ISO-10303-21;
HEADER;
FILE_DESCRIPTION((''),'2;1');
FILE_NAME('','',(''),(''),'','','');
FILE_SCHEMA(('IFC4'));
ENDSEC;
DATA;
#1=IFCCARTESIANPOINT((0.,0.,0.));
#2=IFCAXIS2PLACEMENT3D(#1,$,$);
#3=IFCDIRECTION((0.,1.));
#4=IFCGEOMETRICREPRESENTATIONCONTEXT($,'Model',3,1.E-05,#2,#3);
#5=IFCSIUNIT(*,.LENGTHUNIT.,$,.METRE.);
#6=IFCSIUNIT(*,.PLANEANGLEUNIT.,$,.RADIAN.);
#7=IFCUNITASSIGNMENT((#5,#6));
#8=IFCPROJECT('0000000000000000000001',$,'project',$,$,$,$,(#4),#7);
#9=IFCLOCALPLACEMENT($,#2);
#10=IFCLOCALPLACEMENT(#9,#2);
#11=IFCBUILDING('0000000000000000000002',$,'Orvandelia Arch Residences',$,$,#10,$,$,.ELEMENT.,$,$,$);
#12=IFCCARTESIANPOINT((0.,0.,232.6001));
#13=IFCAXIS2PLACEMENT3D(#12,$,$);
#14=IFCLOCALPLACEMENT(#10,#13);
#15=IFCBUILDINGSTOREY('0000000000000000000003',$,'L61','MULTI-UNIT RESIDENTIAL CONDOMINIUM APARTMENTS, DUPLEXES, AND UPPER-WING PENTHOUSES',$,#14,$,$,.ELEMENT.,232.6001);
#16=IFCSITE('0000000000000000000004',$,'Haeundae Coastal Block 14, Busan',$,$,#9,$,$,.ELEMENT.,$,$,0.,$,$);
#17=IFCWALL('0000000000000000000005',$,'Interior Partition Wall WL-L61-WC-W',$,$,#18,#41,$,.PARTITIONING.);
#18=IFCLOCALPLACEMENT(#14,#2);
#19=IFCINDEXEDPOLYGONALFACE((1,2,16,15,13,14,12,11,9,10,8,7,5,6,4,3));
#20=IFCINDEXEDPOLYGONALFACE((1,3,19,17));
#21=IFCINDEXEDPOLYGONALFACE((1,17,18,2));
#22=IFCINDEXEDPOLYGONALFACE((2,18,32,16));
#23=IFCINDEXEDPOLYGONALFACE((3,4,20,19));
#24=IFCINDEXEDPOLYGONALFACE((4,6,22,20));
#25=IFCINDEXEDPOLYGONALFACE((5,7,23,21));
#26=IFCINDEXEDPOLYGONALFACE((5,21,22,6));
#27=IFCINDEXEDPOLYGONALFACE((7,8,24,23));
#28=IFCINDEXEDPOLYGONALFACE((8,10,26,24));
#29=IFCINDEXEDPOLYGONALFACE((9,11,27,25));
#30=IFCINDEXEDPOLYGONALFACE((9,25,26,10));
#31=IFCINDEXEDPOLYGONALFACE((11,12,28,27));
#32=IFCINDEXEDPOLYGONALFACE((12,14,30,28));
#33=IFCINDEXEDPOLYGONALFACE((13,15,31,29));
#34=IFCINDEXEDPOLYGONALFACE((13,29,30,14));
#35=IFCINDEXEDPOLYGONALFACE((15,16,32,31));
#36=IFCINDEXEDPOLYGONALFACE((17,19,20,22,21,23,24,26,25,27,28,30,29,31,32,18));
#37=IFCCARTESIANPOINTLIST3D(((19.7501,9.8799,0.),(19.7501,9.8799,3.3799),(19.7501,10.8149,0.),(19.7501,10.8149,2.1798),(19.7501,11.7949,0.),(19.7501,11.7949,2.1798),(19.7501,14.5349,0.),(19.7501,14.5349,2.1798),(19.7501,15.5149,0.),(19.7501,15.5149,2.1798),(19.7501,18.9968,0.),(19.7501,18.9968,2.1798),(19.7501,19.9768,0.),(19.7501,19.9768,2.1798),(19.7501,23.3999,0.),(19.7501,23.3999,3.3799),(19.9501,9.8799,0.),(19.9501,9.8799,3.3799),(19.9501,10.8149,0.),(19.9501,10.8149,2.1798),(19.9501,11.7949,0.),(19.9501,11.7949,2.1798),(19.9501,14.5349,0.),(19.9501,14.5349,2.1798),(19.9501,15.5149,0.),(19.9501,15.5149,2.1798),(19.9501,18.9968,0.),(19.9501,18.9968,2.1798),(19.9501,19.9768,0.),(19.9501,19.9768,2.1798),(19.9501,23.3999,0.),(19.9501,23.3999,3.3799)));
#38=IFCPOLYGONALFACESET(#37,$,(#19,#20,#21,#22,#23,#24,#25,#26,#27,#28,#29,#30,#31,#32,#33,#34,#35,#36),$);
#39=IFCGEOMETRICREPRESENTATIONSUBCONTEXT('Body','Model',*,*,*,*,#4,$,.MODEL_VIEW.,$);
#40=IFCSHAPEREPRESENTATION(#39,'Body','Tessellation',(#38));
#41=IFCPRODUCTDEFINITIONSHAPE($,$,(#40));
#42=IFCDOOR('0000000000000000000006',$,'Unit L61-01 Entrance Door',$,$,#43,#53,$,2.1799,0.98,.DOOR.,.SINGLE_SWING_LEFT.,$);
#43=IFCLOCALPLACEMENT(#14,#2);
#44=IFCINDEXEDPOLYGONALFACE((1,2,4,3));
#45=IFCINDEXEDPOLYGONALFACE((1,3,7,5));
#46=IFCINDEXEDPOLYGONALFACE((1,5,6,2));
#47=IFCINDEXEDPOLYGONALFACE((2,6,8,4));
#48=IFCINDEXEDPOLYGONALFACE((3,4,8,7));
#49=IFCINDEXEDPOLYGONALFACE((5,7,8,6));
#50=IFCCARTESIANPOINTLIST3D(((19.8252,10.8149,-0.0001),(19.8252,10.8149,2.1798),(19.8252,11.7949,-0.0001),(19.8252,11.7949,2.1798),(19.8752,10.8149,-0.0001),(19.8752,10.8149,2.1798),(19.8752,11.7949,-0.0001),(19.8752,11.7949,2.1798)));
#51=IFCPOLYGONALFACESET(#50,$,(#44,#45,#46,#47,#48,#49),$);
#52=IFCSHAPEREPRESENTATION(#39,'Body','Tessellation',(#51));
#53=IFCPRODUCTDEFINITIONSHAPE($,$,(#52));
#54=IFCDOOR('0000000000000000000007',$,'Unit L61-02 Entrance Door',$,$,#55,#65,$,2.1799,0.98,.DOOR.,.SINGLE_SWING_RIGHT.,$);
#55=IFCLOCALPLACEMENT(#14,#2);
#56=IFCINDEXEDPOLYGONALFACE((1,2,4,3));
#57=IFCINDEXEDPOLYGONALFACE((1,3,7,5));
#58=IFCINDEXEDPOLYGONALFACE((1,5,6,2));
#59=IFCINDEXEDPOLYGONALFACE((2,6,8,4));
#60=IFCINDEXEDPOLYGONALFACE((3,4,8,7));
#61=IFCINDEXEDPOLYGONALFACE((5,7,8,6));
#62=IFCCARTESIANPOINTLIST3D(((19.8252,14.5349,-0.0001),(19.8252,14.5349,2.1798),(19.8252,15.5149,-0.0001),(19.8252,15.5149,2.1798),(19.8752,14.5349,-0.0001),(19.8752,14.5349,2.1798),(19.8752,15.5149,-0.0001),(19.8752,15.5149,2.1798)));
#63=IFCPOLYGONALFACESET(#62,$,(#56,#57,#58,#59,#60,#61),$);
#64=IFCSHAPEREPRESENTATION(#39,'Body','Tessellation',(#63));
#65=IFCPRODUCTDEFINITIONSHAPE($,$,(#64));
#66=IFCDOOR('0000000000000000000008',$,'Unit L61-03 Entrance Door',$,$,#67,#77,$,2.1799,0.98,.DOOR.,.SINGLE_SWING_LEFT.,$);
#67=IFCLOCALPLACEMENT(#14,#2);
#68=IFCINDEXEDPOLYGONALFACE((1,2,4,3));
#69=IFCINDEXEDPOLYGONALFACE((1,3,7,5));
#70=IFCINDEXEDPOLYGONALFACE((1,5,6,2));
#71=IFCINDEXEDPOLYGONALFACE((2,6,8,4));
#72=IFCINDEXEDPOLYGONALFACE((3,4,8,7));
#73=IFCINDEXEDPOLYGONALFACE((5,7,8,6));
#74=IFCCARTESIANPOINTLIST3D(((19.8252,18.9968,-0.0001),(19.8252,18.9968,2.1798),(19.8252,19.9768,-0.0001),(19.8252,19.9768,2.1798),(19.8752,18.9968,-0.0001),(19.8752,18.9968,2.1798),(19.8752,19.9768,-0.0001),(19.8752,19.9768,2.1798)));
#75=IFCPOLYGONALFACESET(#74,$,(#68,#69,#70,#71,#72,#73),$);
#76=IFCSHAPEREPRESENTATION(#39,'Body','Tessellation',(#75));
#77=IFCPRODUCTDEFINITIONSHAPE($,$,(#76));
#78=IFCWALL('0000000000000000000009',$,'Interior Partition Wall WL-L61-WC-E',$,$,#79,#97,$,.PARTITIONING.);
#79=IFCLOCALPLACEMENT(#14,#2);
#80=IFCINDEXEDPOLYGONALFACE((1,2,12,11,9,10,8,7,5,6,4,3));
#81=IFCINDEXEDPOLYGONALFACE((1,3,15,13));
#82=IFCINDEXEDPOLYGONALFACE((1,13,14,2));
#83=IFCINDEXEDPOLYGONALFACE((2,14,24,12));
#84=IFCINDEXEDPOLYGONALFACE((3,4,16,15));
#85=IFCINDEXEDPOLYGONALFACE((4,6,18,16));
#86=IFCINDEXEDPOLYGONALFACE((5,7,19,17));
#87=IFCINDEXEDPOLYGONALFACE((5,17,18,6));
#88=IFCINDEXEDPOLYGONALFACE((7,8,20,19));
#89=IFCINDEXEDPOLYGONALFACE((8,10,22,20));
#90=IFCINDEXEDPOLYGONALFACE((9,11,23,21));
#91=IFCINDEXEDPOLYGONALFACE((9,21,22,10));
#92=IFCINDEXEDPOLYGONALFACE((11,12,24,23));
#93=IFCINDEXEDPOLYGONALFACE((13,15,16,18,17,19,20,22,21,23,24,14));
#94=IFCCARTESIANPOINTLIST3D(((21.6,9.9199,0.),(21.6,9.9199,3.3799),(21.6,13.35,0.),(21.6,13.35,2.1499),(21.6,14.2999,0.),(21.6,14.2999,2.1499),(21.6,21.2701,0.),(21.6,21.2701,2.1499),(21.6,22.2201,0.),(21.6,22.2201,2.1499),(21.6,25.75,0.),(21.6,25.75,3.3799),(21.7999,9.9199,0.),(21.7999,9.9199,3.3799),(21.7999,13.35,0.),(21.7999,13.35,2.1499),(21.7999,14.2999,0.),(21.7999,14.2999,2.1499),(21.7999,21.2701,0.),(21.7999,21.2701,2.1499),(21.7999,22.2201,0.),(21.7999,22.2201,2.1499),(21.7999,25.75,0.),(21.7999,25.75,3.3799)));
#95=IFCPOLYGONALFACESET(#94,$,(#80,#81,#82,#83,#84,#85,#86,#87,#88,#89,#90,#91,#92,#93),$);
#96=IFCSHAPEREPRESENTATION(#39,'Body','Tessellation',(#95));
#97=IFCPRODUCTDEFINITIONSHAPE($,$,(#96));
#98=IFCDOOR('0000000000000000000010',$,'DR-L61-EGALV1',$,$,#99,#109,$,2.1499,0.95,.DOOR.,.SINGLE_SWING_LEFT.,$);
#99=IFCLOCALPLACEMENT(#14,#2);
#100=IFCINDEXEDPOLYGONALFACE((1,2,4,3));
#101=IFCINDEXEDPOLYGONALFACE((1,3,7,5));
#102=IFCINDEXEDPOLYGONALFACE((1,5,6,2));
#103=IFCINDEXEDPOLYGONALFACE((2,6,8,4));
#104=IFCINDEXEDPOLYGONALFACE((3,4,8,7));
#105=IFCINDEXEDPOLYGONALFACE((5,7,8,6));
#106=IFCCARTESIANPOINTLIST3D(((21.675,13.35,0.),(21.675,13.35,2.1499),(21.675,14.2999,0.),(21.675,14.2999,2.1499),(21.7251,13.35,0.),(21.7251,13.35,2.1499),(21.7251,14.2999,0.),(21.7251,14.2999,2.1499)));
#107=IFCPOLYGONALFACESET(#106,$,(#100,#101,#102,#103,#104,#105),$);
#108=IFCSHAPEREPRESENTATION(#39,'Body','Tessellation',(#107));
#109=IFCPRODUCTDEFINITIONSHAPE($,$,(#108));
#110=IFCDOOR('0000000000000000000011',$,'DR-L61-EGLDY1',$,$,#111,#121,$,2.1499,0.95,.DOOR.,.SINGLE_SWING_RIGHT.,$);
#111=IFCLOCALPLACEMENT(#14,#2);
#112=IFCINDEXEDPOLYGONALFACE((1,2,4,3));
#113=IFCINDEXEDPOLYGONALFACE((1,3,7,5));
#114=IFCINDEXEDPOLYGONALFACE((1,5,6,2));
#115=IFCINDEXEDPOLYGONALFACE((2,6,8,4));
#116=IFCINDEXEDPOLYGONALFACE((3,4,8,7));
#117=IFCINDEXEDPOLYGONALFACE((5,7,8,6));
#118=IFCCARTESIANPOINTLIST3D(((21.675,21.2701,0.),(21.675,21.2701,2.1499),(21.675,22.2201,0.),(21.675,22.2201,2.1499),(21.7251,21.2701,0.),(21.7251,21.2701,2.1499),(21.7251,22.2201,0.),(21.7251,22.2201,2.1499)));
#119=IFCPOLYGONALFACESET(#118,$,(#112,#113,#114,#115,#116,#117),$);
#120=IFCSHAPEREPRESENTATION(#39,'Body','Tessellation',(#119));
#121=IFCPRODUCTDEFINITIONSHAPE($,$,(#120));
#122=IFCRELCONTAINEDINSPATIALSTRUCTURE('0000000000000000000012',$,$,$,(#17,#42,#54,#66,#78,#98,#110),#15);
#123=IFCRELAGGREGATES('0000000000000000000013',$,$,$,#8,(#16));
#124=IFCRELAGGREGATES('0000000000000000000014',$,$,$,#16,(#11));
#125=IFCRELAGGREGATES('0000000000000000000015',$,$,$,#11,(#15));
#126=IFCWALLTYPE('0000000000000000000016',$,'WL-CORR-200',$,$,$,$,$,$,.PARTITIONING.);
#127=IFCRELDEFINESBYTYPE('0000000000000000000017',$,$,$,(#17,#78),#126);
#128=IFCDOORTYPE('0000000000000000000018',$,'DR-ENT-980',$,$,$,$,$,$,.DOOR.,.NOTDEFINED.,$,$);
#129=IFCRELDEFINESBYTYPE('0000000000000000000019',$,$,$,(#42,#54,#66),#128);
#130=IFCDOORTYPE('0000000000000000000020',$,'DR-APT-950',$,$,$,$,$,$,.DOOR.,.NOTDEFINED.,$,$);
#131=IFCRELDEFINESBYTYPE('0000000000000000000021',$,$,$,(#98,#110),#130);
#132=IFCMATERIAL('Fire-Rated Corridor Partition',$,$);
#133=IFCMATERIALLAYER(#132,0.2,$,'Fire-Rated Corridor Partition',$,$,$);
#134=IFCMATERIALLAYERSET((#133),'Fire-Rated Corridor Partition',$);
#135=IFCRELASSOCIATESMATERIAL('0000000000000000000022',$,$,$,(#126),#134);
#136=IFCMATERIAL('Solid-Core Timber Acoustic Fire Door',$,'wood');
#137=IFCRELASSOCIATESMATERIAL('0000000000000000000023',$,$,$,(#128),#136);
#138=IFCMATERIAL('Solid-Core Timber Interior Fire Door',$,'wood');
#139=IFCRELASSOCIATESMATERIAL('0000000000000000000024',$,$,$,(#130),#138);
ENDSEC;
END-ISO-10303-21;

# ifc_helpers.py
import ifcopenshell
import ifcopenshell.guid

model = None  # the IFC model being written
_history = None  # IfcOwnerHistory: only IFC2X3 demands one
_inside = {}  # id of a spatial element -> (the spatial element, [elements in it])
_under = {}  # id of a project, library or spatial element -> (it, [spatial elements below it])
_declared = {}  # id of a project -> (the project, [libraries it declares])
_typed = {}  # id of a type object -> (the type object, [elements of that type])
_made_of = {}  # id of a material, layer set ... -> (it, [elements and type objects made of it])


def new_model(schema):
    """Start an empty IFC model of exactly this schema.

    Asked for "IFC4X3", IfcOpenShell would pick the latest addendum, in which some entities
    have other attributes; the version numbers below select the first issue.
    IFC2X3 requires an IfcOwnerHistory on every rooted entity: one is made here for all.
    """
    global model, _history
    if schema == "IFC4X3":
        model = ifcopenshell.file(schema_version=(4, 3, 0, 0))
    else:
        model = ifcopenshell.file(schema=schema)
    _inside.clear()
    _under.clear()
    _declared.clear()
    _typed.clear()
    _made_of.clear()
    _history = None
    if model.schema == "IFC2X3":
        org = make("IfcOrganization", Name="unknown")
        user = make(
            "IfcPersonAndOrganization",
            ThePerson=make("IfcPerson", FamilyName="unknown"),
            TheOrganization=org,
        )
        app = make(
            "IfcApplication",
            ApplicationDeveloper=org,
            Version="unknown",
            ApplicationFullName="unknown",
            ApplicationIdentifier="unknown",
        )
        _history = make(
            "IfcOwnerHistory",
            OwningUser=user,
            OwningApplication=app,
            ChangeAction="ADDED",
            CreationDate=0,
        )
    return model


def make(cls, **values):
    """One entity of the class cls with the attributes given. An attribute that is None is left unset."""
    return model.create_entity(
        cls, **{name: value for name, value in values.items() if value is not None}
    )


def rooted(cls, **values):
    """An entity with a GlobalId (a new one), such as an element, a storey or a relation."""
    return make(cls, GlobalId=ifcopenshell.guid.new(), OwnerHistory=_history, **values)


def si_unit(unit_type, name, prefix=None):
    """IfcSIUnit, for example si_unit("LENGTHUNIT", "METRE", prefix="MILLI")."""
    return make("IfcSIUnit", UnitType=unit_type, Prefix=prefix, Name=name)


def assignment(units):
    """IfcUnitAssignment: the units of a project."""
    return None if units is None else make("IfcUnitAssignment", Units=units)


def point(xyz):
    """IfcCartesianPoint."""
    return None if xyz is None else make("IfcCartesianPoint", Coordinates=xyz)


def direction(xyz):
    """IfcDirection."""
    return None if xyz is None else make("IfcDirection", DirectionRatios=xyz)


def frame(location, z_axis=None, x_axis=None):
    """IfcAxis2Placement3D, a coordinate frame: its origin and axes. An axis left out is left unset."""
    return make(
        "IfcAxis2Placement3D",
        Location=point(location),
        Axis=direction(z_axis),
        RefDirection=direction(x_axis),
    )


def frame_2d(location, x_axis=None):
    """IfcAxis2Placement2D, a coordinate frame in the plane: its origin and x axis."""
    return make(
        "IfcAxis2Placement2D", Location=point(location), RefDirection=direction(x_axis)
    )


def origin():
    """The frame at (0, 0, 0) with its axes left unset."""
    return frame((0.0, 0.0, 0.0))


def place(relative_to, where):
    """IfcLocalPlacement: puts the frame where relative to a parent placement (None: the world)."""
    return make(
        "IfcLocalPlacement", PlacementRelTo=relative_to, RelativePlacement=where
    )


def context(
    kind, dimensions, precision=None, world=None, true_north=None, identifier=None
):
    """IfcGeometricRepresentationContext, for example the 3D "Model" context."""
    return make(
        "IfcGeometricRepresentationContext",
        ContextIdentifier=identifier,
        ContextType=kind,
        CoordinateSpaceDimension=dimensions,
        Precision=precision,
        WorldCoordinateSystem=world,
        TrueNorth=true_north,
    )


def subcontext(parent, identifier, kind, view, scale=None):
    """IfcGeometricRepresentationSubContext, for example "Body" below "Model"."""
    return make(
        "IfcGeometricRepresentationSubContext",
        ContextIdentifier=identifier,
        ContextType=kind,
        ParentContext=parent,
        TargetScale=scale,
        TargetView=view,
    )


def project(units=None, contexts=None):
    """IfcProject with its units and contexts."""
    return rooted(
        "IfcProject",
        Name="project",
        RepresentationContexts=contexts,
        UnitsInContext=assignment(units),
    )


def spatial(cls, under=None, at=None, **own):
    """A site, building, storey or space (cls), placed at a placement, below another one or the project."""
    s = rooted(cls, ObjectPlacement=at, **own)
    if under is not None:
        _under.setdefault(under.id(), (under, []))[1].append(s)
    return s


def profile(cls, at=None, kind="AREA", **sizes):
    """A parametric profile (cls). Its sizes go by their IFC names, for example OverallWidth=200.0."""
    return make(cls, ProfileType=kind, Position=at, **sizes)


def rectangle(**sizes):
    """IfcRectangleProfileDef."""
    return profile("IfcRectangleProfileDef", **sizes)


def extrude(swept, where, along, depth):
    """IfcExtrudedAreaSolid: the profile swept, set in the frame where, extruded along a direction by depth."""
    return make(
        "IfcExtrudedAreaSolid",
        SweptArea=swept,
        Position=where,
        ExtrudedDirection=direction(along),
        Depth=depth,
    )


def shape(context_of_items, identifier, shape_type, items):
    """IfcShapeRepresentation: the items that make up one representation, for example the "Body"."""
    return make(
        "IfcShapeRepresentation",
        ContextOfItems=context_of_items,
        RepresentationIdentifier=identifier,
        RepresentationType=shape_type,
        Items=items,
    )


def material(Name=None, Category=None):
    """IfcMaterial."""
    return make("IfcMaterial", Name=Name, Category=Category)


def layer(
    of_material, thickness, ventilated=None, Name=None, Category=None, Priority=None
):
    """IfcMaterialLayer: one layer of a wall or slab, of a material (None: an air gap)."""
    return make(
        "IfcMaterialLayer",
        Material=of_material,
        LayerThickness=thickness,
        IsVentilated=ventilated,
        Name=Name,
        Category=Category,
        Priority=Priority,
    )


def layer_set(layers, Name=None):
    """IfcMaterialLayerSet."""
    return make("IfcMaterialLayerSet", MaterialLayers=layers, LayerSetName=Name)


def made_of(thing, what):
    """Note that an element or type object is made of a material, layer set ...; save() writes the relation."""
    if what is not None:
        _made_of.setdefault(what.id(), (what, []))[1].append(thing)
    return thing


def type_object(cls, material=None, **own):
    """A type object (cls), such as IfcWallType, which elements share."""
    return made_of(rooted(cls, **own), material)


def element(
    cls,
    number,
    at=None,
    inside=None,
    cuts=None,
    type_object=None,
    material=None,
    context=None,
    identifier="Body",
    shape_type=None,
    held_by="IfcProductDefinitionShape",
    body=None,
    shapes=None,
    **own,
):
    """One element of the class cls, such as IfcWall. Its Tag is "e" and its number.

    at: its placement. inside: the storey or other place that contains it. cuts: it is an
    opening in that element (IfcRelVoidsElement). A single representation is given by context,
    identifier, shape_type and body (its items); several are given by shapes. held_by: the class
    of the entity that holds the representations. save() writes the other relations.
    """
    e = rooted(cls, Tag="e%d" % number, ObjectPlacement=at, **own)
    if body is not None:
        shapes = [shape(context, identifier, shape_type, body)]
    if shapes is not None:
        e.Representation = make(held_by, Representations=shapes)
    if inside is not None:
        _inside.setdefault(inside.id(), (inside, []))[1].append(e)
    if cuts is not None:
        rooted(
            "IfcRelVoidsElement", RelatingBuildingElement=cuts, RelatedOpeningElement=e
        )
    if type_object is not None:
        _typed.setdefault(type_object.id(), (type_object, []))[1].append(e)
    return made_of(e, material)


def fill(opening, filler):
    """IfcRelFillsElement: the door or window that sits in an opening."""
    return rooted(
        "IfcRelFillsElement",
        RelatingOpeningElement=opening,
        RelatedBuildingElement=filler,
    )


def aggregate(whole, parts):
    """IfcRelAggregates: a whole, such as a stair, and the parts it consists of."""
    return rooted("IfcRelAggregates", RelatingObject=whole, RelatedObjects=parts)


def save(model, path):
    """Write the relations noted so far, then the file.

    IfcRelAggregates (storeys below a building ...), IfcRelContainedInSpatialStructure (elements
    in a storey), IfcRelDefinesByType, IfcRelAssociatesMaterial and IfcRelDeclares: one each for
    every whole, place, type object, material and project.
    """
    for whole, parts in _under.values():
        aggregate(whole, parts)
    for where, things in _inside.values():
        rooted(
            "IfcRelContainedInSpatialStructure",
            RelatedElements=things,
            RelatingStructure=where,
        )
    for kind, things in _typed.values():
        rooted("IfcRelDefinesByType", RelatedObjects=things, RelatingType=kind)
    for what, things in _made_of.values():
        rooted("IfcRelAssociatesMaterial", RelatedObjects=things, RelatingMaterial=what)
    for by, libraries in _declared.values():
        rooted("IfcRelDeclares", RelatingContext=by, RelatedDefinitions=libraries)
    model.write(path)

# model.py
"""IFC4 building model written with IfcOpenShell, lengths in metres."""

from ifc_helpers import new_model, si_unit, direction, frame, frame_2d, origin, place, context, subcontext, project, spatial, rectangle, extrude, material, layer, layer_set, type_object, element, fill, save


model = new_model("IFC4")

# Units and contexts
model_context = context("Model", 3, precision=1e-05, world=origin(), true_north=direction((0.0, 1.0)))
body_context = subcontext(model_context, "Body", "Model", "MODEL_VIEW")
ifc_project = project(units=[si_unit("LENGTHUNIT", "METRE"), si_unit("PLANEANGLEUNIT", "RADIAN")], contexts=[model_context])

# Site, building, storey
site_placement = place(None, origin())
site = spatial("IfcSite", under=ifc_project, at=site_placement, Name="Haeundae Coastal Block 14, Busan", CompositionType="ELEMENT", RefElevation=0.0)
building_placement = place(site_placement, origin())
building = spatial("IfcBuilding", under=site, at=building_placement, Name="Orvandelia Arch Residences", CompositionType="ELEMENT")
storey_placement = place(building_placement, frame((0.0, 0.0, 232.6001)))
storey = spatial("IfcBuildingStorey", under=building, at=storey_placement, Name="L61", Description="MULTI-UNIT RESIDENTIAL CONDOMINIUM APARTMENTS, DUPLEXES, AND UPPER-WING PENTHOUSES", CompositionType="ELEMENT", Elevation=232.6001)

# Walls, openings, doors
ifc_material_1 = material(Name="Fire-Rated Corridor Partition")
ifc_layer_1 = layer(ifc_material_1, 0.2, Name="Fire-Rated Corridor Partition")
ifc_layer_set_1 = layer_set([ifc_layer_1], Name="Fire-Rated Corridor Partition")
wall_type_1 = type_object("IfcWallType", Name="WL-CORR-200", PredefinedType="PARTITIONING", material=ifc_layer_set_1)
wall_1_placement = place(storey_placement, frame((19.8501, 9.8799, 0.0), z_axis=(0.0, 0.0, 1.0), x_axis=(0.0, 1.0, 0.0)))
wall_1 = element("IfcWall", 1, at=wall_1_placement, inside=storey, type_object=wall_type_1, Name="Interior Partition Wall WL-L61-WC-W", PredefinedType="PARTITIONING", context=body_context, shape_type="SweptSolid", body=[
    extrude(rectangle(XDim=13.52, YDim=0.2, at=frame_2d((6.76, 0.0))), origin(), (0.0, 0.0, 1.0), 3.3799),
])
opening_1_placement = place(wall_1_placement, frame((0.9351, 0.0, 0.0)))
opening_1 = element("IfcOpeningElement", 2, at=opening_1_placement, cuts=wall_1, PredefinedType="OPENING", context=body_context, shape_type="SweptSolid", body=[
    extrude(rectangle(XDim=0.98, YDim=2.1799, at=frame_2d((0.49, 1.0898))), frame((0.0, 0.1099, 0.0), z_axis=(0.0, -1.0, 0.0), x_axis=(1.0, 0.0, 0.0)), (0.0, 0.0, 1.0), 0.22),
])
opening_2_placement = place(wall_1_placement, frame((4.655, 0.0, 0.0)))
opening_2 = element("IfcOpeningElement", 3, at=opening_2_placement, cuts=wall_1, PredefinedType="OPENING", context=body_context, shape_type="SweptSolid", body=[
    extrude(rectangle(XDim=0.98, YDim=2.1799, at=frame_2d((0.49, 1.0898))), frame((0.0, 0.1099, 0.0), z_axis=(0.0, -1.0, 0.0), x_axis=(1.0, 0.0, 0.0)), (0.0, 0.0, 1.0), 0.22),
])
opening_3_placement = place(wall_1_placement, frame((9.1169, 0.0, 0.0)))
opening_3 = element("IfcOpeningElement", 4, at=opening_3_placement, cuts=wall_1, PredefinedType="OPENING", context=body_context, shape_type="SweptSolid", body=[
    extrude(rectangle(XDim=0.98, YDim=2.1799, at=frame_2d((0.49, 1.0898))), frame((0.0, 0.1099, 0.0), z_axis=(0.0, -1.0, 0.0), x_axis=(1.0, 0.0, 0.0)), (0.0, 0.0, 1.0), 0.22),
])
ifc_material_2 = material(Name="Solid-Core Timber Acoustic Fire Door", Category="wood")
door_type_1 = type_object("IfcDoorType", Name="DR-ENT-980", OperationType="NOTDEFINED", PredefinedType="DOOR", material=ifc_material_2)
door_1_placement = place(opening_1_placement, origin())
door_1 = element("IfcDoor", 5, at=door_1_placement, inside=storey, type_object=door_type_1, Name="Unit L61-01 Entrance Door", OperationType="SINGLE_SWING_LEFT", OverallHeight=2.1799, OverallWidth=0.98, PredefinedType="DOOR", context=body_context, shape_type="SweptSolid", body=[
    extrude(rectangle(XDim=0.98, YDim=2.1799, at=frame_2d((0.49, 1.0898))), frame((0.0, 0.0249, 0.0), z_axis=(0.0, -1.0, 0.0), x_axis=(1.0, 0.0, 0.0)), (0.0, 0.0, 1.0), 0.05),
])
fill(opening_1, door_1)
door_2_placement = place(opening_2_placement, origin())
door_2 = element("IfcDoor", 6, at=door_2_placement, inside=storey, type_object=door_type_1, Name="Unit L61-02 Entrance Door", OperationType="SINGLE_SWING_RIGHT", OverallHeight=2.1799, OverallWidth=0.98, PredefinedType="DOOR", context=body_context, shape_type="SweptSolid", body=[
    extrude(rectangle(XDim=0.98, YDim=2.1799, at=frame_2d((0.49, 1.0898))), frame((0.0, 0.0249, 0.0), z_axis=(0.0, -1.0, 0.0), x_axis=(1.0, 0.0, 0.0)), (0.0, 0.0, 1.0), 0.05),
])
fill(opening_2, door_2)
door_3_placement = place(opening_3_placement, origin())
door_3 = element("IfcDoor", 7, at=door_3_placement, inside=storey, type_object=door_type_1, Name="Unit L61-03 Entrance Door", OperationType="SINGLE_SWING_LEFT", OverallHeight=2.1799, OverallWidth=0.98, PredefinedType="DOOR", context=body_context, shape_type="SweptSolid", body=[
    extrude(rectangle(XDim=0.98, YDim=2.1799, at=frame_2d((0.49, 1.0898))), frame((0.0, 0.0249, 0.0), z_axis=(0.0, -1.0, 0.0), x_axis=(1.0, 0.0, 0.0)), (0.0, 0.0, 1.0), 0.05),
])
fill(opening_3, door_3)
wall_2_placement = place(storey_placement, frame((21.7, 9.9199, 0.0), z_axis=(0.0, 0.0, 1.0), x_axis=(0.0, 1.0, 0.0)))
wall_2 = element("IfcWall", 8, at=wall_2_placement, inside=storey, type_object=wall_type_1, Name="Interior Partition Wall WL-L61-WC-E", PredefinedType="PARTITIONING", context=body_context, shape_type="SweptSolid", body=[
    extrude(rectangle(XDim=15.8301, YDim=0.2, at=frame_2d((7.915, 0.0))), origin(), (0.0, 0.0, 1.0), 3.3799),
])
opening_4_placement = place(wall_2_placement, frame((3.4299, 0.0, 0.0)))
opening_4 = element("IfcOpeningElement", 9, at=opening_4_placement, cuts=wall_2, PredefinedType="OPENING", context=body_context, shape_type="SweptSolid", body=[
    extrude(rectangle(XDim=0.95, YDim=2.1499, at=frame_2d((0.4751, 1.075))), frame((0.0, 0.1099, 0.0), z_axis=(0.0, -1.0, 0.0), x_axis=(1.0, 0.0, 0.0)), (0.0, 0.0, 1.0), 0.22),
])
opening_5_placement = place(wall_2_placement, frame((11.3501, 0.0, 0.0)))
opening_5 = element("IfcOpeningElement", 10, at=opening_5_placement, cuts=wall_2, PredefinedType="OPENING", context=body_context, shape_type="SweptSolid", body=[
    extrude(rectangle(XDim=0.95, YDim=2.1499, at=frame_2d((0.4751, 1.075))), frame((0.0, 0.1099, 0.0), z_axis=(0.0, -1.0, 0.0), x_axis=(1.0, 0.0, 0.0)), (0.0, 0.0, 1.0), 0.22),
])
ifc_material_3 = material(Name="Solid-Core Timber Interior Fire Door", Category="wood")
door_type_2 = type_object("IfcDoorType", Name="DR-APT-950", OperationType="NOTDEFINED", PredefinedType="DOOR", material=ifc_material_3)
door_4_placement = place(opening_4_placement, origin())
door_4 = element("IfcDoor", 11, at=door_4_placement, inside=storey, type_object=door_type_2, Name="DR-L61-EGALV1", OperationType="SINGLE_SWING_LEFT", OverallHeight=2.1499, OverallWidth=0.95, PredefinedType="DOOR", context=body_context, shape_type="SweptSolid", body=[
    extrude(rectangle(XDim=0.95, YDim=2.1499, at=frame_2d((0.4751, 1.075))), frame((0.0, 0.0249, 0.0), z_axis=(0.0, -1.0, 0.0), x_axis=(1.0, 0.0, 0.0)), (0.0, 0.0, 1.0), 0.05),
])
fill(opening_4, door_4)
door_5_placement = place(opening_5_placement, origin())
door_5 = element("IfcDoor", 12, at=door_5_placement, inside=storey, type_object=door_type_2, Name="DR-L61-EGLDY1", OperationType="SINGLE_SWING_RIGHT", OverallHeight=2.1499, OverallWidth=0.95, PredefinedType="DOOR", context=body_context, shape_type="SweptSolid", body=[
    extrude(rectangle(XDim=0.95, YDim=2.1499, at=frame_2d((0.4751, 1.075))), frame((0.0, 0.0249, 0.0), z_axis=(0.0, -1.0, 0.0), x_axis=(1.0, 0.0, 0.0)), (0.0, 0.0, 1.0), 0.05),
])
fill(opening_5, door_5)

save(model, "model.ifc")
